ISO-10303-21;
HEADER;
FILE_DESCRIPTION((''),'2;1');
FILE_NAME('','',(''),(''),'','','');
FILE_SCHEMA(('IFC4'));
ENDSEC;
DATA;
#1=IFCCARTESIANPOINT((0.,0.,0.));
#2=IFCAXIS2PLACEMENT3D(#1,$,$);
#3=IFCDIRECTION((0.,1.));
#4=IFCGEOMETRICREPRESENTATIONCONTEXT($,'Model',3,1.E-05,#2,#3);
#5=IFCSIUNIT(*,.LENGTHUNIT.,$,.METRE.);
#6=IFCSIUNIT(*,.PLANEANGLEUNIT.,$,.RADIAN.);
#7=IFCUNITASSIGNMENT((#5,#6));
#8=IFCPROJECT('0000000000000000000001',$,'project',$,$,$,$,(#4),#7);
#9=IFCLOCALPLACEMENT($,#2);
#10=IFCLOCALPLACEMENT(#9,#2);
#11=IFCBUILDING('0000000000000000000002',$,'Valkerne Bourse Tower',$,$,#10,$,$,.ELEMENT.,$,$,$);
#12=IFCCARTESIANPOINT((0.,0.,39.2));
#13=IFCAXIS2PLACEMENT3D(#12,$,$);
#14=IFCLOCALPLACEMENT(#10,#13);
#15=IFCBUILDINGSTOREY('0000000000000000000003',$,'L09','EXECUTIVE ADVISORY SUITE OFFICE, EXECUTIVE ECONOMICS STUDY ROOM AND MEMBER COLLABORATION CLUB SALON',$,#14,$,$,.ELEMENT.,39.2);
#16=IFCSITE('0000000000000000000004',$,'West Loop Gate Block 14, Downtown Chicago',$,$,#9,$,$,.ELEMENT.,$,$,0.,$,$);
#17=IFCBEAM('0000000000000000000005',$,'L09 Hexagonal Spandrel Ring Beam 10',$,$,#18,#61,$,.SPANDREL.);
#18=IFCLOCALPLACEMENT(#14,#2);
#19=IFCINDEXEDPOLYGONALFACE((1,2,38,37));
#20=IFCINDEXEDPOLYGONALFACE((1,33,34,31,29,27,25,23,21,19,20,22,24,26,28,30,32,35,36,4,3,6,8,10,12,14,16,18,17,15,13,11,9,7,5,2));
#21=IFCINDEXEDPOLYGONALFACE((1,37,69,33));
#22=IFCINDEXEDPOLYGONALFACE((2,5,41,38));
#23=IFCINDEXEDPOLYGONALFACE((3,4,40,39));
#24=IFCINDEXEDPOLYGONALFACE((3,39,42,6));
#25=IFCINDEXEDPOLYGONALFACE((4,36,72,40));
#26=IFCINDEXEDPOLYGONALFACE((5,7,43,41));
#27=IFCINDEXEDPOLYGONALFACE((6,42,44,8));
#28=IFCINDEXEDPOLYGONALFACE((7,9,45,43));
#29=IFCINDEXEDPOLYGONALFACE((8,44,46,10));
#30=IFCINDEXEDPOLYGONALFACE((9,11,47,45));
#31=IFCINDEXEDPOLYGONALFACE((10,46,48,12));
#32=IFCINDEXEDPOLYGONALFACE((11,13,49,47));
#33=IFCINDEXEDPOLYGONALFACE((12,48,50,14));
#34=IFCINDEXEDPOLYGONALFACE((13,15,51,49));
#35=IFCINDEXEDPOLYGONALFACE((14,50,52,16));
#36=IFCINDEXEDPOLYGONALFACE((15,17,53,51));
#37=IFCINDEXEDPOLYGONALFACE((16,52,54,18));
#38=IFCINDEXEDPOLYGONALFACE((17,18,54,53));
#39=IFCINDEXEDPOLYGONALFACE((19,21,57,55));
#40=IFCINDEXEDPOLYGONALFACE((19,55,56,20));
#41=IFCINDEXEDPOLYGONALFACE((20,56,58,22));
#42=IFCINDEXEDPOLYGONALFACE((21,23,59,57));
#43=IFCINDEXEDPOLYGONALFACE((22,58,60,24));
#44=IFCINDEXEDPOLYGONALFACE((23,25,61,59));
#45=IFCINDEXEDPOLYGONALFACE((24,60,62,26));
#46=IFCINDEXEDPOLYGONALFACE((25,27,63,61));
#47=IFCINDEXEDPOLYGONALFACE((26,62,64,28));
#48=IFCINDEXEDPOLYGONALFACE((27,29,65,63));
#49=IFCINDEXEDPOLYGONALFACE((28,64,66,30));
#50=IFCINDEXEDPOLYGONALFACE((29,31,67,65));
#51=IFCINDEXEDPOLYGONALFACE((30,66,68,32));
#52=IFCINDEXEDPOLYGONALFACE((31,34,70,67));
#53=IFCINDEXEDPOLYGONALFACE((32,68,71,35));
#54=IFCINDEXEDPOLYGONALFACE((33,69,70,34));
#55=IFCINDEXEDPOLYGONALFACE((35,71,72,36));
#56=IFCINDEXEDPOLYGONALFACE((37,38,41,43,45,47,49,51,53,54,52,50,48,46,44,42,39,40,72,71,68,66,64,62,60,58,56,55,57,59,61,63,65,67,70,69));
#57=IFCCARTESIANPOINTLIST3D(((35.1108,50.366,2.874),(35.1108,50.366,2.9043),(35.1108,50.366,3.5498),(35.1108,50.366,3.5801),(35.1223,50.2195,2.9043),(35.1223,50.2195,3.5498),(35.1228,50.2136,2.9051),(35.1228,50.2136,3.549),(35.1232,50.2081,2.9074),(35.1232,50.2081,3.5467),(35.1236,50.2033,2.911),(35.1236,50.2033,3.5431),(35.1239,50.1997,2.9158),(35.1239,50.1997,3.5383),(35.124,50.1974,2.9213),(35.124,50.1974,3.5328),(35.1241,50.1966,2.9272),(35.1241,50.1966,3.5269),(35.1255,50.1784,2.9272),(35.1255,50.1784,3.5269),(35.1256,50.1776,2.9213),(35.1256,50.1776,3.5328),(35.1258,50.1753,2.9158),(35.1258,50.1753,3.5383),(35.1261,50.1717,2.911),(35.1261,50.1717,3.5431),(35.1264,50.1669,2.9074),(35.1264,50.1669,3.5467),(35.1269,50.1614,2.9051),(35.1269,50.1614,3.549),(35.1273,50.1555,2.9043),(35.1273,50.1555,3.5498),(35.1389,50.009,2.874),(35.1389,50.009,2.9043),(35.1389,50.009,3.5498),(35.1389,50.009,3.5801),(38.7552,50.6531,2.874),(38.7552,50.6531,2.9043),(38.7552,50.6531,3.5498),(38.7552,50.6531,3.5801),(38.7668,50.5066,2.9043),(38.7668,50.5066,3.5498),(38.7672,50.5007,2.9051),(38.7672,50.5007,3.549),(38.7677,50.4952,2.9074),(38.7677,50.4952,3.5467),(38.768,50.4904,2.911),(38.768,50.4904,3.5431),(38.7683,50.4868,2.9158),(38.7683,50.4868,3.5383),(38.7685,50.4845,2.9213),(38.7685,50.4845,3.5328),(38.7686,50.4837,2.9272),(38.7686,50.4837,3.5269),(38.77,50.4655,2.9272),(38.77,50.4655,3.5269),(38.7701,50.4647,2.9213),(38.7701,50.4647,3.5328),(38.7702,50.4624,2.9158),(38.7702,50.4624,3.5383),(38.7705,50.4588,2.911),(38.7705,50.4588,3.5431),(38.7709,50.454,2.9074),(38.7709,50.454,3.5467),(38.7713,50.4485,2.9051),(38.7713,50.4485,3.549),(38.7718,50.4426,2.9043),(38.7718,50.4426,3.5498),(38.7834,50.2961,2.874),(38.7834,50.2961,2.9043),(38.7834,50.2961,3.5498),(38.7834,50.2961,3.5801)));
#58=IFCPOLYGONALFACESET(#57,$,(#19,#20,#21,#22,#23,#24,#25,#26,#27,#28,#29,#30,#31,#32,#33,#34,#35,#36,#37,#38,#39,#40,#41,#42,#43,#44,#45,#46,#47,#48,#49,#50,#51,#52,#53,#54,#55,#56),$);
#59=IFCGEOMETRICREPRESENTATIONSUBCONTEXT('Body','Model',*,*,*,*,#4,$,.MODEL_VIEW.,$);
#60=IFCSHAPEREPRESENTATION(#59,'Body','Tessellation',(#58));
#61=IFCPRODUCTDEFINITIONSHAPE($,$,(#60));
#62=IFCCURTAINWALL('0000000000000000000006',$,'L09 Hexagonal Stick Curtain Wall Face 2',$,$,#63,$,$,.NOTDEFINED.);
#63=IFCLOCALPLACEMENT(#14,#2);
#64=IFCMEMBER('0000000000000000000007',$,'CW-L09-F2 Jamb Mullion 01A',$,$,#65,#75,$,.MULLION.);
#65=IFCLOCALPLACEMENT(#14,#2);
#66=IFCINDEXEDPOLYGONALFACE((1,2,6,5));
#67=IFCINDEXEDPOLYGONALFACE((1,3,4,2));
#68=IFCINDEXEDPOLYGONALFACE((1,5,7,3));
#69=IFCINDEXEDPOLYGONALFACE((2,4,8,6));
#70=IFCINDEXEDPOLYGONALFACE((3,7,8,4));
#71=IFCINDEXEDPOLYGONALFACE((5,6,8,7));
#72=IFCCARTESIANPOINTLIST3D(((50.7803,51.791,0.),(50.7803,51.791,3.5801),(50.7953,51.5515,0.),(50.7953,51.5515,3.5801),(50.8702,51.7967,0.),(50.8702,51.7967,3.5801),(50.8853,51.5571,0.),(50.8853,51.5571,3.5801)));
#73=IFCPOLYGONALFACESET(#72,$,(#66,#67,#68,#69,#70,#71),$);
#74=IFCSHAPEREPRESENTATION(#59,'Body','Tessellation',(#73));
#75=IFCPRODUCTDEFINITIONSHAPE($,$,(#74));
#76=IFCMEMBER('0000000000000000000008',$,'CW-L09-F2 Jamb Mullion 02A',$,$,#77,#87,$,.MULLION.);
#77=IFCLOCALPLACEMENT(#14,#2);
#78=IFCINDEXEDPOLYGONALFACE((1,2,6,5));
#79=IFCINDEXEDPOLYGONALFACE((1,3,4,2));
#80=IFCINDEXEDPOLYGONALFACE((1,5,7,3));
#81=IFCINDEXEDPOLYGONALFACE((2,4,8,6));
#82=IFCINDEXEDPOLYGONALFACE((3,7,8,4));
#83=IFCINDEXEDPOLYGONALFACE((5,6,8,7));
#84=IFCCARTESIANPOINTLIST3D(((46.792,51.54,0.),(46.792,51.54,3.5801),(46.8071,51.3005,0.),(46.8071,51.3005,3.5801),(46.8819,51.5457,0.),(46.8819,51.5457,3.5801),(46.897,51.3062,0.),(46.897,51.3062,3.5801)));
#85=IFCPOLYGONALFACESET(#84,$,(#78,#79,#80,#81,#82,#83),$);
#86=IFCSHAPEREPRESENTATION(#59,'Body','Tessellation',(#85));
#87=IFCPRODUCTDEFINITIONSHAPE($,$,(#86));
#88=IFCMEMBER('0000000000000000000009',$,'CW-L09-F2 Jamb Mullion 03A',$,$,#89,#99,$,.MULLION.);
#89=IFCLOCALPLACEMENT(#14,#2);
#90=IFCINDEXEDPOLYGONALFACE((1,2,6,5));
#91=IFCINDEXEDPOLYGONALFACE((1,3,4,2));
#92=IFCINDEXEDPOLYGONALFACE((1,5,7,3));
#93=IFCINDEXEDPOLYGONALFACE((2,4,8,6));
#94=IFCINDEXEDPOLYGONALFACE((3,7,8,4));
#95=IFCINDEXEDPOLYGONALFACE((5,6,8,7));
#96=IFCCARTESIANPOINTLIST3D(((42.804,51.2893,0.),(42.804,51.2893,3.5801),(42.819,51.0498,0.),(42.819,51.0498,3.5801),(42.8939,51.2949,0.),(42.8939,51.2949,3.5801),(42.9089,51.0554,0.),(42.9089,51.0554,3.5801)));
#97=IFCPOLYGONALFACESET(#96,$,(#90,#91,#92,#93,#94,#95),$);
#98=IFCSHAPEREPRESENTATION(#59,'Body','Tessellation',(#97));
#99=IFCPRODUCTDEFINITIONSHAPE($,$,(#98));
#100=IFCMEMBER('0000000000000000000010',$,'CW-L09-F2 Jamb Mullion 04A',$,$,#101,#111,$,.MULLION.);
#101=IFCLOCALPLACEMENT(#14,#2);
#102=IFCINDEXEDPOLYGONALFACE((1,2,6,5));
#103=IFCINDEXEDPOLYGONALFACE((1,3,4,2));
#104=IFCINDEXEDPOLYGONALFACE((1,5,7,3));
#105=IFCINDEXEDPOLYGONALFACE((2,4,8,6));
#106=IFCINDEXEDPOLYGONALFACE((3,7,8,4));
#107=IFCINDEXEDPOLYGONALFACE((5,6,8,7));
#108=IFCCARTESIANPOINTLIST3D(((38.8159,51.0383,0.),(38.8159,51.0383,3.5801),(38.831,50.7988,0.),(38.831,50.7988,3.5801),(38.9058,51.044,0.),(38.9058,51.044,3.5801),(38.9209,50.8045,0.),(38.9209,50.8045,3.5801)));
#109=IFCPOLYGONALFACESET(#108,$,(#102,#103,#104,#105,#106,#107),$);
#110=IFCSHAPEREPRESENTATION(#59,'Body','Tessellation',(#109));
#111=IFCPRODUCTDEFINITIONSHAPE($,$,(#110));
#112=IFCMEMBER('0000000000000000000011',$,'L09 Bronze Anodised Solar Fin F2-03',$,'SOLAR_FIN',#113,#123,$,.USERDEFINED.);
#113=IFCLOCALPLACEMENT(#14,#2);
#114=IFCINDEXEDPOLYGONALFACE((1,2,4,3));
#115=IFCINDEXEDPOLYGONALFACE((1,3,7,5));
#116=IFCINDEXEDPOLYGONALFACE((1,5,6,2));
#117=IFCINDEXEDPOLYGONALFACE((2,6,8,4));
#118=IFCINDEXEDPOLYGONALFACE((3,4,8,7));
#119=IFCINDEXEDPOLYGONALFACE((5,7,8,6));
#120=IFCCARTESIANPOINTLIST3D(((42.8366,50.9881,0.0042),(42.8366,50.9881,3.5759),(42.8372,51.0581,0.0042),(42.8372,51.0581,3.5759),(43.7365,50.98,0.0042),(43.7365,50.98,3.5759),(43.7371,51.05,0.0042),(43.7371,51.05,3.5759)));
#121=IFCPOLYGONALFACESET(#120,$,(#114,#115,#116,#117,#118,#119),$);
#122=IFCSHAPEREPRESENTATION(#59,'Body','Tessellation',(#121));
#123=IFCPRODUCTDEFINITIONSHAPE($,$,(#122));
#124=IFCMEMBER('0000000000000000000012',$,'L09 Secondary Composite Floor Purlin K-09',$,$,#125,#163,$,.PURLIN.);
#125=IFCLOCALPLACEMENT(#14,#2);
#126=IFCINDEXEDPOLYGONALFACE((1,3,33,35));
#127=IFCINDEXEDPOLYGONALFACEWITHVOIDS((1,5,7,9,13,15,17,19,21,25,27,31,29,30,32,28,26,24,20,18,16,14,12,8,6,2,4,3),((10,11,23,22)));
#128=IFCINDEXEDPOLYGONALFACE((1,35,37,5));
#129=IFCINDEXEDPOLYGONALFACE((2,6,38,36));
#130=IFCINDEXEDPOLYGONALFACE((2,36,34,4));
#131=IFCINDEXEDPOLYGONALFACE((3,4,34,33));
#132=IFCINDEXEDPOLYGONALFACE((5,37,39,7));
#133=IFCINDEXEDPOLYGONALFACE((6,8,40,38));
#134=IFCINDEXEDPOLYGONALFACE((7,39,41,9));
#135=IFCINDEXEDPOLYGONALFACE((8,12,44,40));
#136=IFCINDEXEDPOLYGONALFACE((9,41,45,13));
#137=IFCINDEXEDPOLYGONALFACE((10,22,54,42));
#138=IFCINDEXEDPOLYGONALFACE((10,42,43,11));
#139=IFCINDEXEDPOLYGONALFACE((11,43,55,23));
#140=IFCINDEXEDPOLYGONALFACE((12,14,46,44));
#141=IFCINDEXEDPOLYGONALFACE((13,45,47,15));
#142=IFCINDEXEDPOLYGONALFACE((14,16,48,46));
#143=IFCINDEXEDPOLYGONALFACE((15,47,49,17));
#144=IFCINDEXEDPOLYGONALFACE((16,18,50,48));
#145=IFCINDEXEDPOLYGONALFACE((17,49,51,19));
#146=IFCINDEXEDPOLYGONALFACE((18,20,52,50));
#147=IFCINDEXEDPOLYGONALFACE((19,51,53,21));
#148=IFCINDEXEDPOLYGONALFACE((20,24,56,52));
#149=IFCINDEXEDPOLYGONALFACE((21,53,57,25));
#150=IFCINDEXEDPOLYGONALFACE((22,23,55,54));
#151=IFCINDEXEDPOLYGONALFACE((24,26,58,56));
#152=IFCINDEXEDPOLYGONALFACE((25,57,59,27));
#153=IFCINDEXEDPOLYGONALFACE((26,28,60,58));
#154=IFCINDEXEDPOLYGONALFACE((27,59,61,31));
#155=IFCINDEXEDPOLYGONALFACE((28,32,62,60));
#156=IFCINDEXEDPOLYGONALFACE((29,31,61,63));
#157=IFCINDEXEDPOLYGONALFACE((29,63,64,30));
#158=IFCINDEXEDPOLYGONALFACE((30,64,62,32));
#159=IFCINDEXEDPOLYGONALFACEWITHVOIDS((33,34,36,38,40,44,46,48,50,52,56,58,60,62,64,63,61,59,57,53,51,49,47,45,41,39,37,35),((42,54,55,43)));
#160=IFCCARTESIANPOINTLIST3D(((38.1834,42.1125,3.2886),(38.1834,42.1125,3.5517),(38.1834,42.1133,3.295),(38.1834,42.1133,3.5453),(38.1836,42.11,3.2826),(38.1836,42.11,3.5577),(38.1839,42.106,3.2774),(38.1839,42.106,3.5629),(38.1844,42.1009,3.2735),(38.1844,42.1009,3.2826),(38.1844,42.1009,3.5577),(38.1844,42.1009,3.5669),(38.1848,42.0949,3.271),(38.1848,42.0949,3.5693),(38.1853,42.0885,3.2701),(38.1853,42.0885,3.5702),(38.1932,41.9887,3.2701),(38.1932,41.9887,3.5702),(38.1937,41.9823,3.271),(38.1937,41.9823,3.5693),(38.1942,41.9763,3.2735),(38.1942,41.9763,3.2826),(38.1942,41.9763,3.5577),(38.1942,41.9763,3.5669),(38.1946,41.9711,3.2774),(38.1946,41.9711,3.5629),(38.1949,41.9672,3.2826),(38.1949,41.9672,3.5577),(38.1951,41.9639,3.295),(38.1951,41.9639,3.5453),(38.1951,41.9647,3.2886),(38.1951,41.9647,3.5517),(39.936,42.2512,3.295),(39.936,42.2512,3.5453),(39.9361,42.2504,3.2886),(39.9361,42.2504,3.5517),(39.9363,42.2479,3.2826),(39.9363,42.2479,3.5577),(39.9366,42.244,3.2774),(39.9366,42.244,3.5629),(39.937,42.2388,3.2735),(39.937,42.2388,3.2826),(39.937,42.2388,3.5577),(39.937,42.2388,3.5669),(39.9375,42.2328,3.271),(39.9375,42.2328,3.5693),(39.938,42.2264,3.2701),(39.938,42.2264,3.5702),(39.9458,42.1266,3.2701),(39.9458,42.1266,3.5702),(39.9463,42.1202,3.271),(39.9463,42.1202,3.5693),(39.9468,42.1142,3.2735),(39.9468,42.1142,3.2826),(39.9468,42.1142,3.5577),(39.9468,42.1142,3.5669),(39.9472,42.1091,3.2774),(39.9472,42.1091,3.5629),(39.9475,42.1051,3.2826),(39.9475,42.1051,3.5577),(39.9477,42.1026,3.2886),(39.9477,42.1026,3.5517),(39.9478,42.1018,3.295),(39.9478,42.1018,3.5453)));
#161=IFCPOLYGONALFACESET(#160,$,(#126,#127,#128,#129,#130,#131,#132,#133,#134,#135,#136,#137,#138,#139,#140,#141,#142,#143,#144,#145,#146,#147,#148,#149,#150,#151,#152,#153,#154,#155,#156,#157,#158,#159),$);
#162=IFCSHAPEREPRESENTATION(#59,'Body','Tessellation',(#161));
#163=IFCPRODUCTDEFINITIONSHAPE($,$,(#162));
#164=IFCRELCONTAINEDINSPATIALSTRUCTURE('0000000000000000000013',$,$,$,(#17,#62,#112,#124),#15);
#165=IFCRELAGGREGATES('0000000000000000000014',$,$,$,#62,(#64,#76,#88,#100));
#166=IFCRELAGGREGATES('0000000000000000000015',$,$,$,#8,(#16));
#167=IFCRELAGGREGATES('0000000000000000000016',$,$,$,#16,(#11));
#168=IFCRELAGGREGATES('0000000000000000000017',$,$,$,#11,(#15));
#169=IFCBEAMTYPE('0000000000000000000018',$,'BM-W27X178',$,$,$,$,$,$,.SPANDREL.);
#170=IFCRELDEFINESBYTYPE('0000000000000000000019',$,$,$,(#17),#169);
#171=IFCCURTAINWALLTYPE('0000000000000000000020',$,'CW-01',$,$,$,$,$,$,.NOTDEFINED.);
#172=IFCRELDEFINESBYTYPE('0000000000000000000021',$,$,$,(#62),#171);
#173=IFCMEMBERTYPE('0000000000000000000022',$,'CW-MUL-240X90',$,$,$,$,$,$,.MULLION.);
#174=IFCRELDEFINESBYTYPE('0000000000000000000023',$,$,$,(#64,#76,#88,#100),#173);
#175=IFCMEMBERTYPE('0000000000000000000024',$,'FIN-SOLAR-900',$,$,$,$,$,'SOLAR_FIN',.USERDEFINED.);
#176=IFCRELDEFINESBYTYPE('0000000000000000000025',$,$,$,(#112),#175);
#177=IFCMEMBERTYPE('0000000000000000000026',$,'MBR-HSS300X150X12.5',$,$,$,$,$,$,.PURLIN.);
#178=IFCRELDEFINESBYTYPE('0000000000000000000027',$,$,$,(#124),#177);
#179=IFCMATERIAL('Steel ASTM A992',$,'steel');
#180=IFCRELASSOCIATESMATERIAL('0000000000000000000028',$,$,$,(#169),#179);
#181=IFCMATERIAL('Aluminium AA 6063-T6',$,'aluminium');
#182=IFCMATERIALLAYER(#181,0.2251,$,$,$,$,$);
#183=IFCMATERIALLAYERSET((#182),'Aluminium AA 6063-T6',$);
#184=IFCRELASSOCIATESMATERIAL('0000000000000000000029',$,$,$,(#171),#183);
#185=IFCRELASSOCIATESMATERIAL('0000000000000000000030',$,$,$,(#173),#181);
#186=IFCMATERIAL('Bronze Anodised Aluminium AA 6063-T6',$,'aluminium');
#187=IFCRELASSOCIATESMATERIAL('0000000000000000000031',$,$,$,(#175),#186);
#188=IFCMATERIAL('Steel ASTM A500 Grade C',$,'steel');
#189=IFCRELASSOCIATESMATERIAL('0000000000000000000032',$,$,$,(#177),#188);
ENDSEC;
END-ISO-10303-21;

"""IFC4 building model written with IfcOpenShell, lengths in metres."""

from ifc_helpers import new_model, si_unit, direction, frame, origin, origin_2d, place, context, subcontext, project, spatial, rectangle, hollow_rectangle, i_section, extrude, material, layer, layer_set, material_profile, profile_set, type_object, element, aggregate, save


model = new_model("IFC4")

# Units and contexts
model_context = context("Model", 3, precision=1e-05, world=origin(), true_north=direction((0.0, 1.0)))
body_context = subcontext(model_context, "Body", "Model", "MODEL_VIEW")
ifc_project = project(units=[si_unit("LENGTHUNIT", "METRE"), si_unit("PLANEANGLEUNIT", "RADIAN")], contexts=[model_context])

# Site, building, storey
site_placement = place(None, origin())
site = spatial("IfcSite", under=ifc_project, at=site_placement, Name="West Loop Gate Block 14, Downtown Chicago", CompositionType="ELEMENT", RefElevation=0.0)
building_placement = place(site_placement, origin())
building = spatial("IfcBuilding", under=site, at=building_placement, Name="Valkerne Bourse Tower", CompositionType="ELEMENT")
storey_placement = place(building_placement, frame((0.0, 0.0, 39.2)))
storey = spatial("IfcBuildingStorey", under=building, at=storey_placement, Name="L09", Description="EXECUTIVE ADVISORY SUITE OFFICE, EXECUTIVE ECONOMICS STUDY ROOM AND MEMBER COLLABORATION CLUB SALON", CompositionType="ELEMENT", Elevation=39.2)

# Beam
ifc_material_1 = material(Name="Steel ASTM A992", Category="steel")
ifc_material_profile_1 = material_profile(ifc_material_1, i_section(OverallWidth=0.3582, OverallDepth=0.7061, WebThickness=0.0183, FlangeThickness=0.0303, FilletRadius=0.0229, at=origin_2d()), Name="W27X178")
ifc_profile_set_1 = profile_set([ifc_material_profile_1], Name="Steel ASTM A992")
beam_type_1 = type_object("IfcBeamType", Name="BM-W27X178", PredefinedType="SPANDREL", material=ifc_profile_set_1)
beam_1_placement = place(storey_placement, frame((38.7693, 50.4746, 3.2271), z_axis=(-0.996911, -0.078535, 0.0), x_axis=(0.078535, -0.996911, 0.0)))
element("IfcBeam", 1, at=beam_1_placement, inside=storey, type_object=beam_type_1, Name="L09 Hexagonal Spandrel Ring Beam 10", PredefinedType="SPANDREL", context=body_context, shape_type="SweptSolid", body=[
    extrude(i_section(OverallWidth=0.3582, OverallDepth=0.7061, WebThickness=0.0183, FlangeThickness=0.0303, FilletRadius=0.0229, at=origin_2d()), origin(), (0.0, 0.0, 1.0), 3.6558),
])

# Curtain wall, members
ifc_material_2 = material(Name="Aluminium AA 6063-T6", Category="aluminium")
ifc_layer_1 = layer(ifc_material_2, 0.2251)
ifc_layer_set_1 = layer_set([ifc_layer_1], Name="Aluminium AA 6063-T6")
curtain_wall_type = type_object("IfcCurtainWallType", Name="CW-01", PredefinedType="NOTDEFINED", material=ifc_layer_set_1)
curtain_wall_placement = place(storey_placement, origin())
curtain_wall = element("IfcCurtainWall", 2, at=curtain_wall_placement, inside=storey, type_object=curtain_wall_type, Name="L09 Hexagonal Stick Curtain Wall Face 2", PredefinedType="NOTDEFINED")
ifc_material_profile_2 = material_profile(ifc_material_2, rectangle(XDim=0.0901, YDim=0.24, at=origin_2d()), Name="CWM-90X240")
ifc_profile_set_2 = profile_set([ifc_material_profile_2], Name="Aluminium AA 6063-T6")
member_type_1 = type_object("IfcMemberType", Name="CW-MUL-240X90", PredefinedType="MULLION", material=ifc_profile_set_2)
member_1_placement = place(storey_placement, frame((50.8328, 51.6741, 0.0), z_axis=(0.0, 0.0, 1.0), x_axis=(-0.998027, -0.062788, 0.0)))
member_1 = element("IfcMember", 3, at=member_1_placement, type_object=member_type_1, Name="CW-L09-F2 Jamb Mullion 01A", PredefinedType="MULLION", context=body_context, shape_type="SweptSolid", body=[
    extrude(rectangle(XDim=0.0901, YDim=0.24, at=origin_2d()), origin(), (0.0, 0.0, 1.0), 3.5801),
])
member_2_placement = place(storey_placement, frame((46.8445, 51.4231, 0.0), z_axis=(0.0, 0.0, 1.0), x_axis=(-0.998027, -0.062786, 0.0)))
member_2 = element("IfcMember", 4, at=member_2_placement, type_object=member_type_1, Name="CW-L09-F2 Jamb Mullion 02A", PredefinedType="MULLION", context=body_context, shape_type="SweptSolid", body=[
    extrude(rectangle(XDim=0.0901, YDim=0.24, at=origin_2d()), origin(), (0.0, 0.0, 1.0), 3.5801),
])
member_3_placement = place(storey_placement, frame((42.8564, 51.1724, 0.0), z_axis=(0.0, 0.0, 1.0), x_axis=(-0.998027, -0.062788, 0.0)))
member_3 = element("IfcMember", 5, at=member_3_placement, type_object=member_type_1, Name="CW-L09-F2 Jamb Mullion 03A", PredefinedType="MULLION", context=body_context, shape_type="SweptSolid", body=[
    extrude(rectangle(XDim=0.0901, YDim=0.24, at=origin_2d()), origin(), (0.0, 0.0, 1.0), 3.5801),
])
member_4_placement = place(storey_placement, frame((38.8684, 50.9214, 0.0), z_axis=(0.0, 0.0, 1.0), x_axis=(-0.998027, -0.062788, 0.0)))
member_4 = element("IfcMember", 6, at=member_4_placement, type_object=member_type_1, Name="CW-L09-F2 Jamb Mullion 04A", PredefinedType="MULLION", context=body_context, shape_type="SweptSolid", body=[
    extrude(rectangle(XDim=0.0901, YDim=0.24, at=origin_2d()), origin(), (0.0, 0.0, 1.0), 3.5801),
])

# Members
ifc_material_3 = material(Name="Bronze Anodised Aluminium AA 6063-T6", Category="aluminium")
ifc_material_profile_3 = material_profile(ifc_material_3, rectangle(XDim=0.0701, YDim=0.8999, at=origin_2d()), Name="FIN-70X900")
ifc_profile_set_3 = profile_set([ifc_material_profile_3], Name="Bronze Anodised Aluminium AA 6063-T6")
member_type_2 = type_object("IfcMemberType", Name="FIN-SOLAR-900", ElementType="SOLAR_FIN", PredefinedType="USERDEFINED", material=ifc_profile_set_3)
member_5_placement = place(storey_placement, frame((43.2869, 51.019, 0.0042), z_axis=(0.0, 0.0, 1.0), x_axis=(0.009018, 0.999959, 0.0)))
element("IfcMember", 7, at=member_5_placement, inside=storey, type_object=member_type_2, Name="L09 Bronze Anodised Solar Fin F2-03", ObjectType="SOLAR_FIN", PredefinedType="USERDEFINED", context=body_context, shape_type="SweptSolid", body=[
    extrude(rectangle(XDim=0.0701, YDim=0.8999, at=origin_2d()), origin(), (0.0, 0.0, 1.0), 3.5718),
])
ifc_material_4 = material(Name="Steel ASTM A500 Grade C", Category="steel")
ifc_material_profile_4 = material_profile(ifc_material_4, hollow_rectangle(XDim=0.1499, YDim=0.3, WallThickness=0.0125, OuterFilletRadius=0.0249, at=origin_2d()), Name="HSS300X150X12.5")
ifc_profile_set_4 = profile_set([ifc_material_profile_4], Name="Steel ASTM A500 Grade C")
member_type_3 = type_object("IfcMemberType", Name="MBR-HSS300X150X12.5", PredefinedType="PURLIN", material=ifc_profile_set_4)
member_6_placement = place(storey_placement, frame((39.9419, 42.1765, 3.4202), z_axis=(-0.996917, -0.078459, 0.0), x_axis=(0.078459, -0.996917, 0.0)))
element("IfcMember", 8, at=member_6_placement, inside=storey, type_object=member_type_3, Name="L09 Secondary Composite Floor Purlin K-09", PredefinedType="PURLIN", context=body_context, shape_type="SweptSolid", body=[
    extrude(hollow_rectangle(XDim=0.1499, YDim=0.3, WallThickness=0.0125, OuterFilletRadius=0.0249, at=origin_2d()), origin(), (0.0, 0.0, 1.0), 1.7581),
])

aggregate(curtain_wall, [member_1, member_2, member_3, member_4])

save(model, "model.ifc")
